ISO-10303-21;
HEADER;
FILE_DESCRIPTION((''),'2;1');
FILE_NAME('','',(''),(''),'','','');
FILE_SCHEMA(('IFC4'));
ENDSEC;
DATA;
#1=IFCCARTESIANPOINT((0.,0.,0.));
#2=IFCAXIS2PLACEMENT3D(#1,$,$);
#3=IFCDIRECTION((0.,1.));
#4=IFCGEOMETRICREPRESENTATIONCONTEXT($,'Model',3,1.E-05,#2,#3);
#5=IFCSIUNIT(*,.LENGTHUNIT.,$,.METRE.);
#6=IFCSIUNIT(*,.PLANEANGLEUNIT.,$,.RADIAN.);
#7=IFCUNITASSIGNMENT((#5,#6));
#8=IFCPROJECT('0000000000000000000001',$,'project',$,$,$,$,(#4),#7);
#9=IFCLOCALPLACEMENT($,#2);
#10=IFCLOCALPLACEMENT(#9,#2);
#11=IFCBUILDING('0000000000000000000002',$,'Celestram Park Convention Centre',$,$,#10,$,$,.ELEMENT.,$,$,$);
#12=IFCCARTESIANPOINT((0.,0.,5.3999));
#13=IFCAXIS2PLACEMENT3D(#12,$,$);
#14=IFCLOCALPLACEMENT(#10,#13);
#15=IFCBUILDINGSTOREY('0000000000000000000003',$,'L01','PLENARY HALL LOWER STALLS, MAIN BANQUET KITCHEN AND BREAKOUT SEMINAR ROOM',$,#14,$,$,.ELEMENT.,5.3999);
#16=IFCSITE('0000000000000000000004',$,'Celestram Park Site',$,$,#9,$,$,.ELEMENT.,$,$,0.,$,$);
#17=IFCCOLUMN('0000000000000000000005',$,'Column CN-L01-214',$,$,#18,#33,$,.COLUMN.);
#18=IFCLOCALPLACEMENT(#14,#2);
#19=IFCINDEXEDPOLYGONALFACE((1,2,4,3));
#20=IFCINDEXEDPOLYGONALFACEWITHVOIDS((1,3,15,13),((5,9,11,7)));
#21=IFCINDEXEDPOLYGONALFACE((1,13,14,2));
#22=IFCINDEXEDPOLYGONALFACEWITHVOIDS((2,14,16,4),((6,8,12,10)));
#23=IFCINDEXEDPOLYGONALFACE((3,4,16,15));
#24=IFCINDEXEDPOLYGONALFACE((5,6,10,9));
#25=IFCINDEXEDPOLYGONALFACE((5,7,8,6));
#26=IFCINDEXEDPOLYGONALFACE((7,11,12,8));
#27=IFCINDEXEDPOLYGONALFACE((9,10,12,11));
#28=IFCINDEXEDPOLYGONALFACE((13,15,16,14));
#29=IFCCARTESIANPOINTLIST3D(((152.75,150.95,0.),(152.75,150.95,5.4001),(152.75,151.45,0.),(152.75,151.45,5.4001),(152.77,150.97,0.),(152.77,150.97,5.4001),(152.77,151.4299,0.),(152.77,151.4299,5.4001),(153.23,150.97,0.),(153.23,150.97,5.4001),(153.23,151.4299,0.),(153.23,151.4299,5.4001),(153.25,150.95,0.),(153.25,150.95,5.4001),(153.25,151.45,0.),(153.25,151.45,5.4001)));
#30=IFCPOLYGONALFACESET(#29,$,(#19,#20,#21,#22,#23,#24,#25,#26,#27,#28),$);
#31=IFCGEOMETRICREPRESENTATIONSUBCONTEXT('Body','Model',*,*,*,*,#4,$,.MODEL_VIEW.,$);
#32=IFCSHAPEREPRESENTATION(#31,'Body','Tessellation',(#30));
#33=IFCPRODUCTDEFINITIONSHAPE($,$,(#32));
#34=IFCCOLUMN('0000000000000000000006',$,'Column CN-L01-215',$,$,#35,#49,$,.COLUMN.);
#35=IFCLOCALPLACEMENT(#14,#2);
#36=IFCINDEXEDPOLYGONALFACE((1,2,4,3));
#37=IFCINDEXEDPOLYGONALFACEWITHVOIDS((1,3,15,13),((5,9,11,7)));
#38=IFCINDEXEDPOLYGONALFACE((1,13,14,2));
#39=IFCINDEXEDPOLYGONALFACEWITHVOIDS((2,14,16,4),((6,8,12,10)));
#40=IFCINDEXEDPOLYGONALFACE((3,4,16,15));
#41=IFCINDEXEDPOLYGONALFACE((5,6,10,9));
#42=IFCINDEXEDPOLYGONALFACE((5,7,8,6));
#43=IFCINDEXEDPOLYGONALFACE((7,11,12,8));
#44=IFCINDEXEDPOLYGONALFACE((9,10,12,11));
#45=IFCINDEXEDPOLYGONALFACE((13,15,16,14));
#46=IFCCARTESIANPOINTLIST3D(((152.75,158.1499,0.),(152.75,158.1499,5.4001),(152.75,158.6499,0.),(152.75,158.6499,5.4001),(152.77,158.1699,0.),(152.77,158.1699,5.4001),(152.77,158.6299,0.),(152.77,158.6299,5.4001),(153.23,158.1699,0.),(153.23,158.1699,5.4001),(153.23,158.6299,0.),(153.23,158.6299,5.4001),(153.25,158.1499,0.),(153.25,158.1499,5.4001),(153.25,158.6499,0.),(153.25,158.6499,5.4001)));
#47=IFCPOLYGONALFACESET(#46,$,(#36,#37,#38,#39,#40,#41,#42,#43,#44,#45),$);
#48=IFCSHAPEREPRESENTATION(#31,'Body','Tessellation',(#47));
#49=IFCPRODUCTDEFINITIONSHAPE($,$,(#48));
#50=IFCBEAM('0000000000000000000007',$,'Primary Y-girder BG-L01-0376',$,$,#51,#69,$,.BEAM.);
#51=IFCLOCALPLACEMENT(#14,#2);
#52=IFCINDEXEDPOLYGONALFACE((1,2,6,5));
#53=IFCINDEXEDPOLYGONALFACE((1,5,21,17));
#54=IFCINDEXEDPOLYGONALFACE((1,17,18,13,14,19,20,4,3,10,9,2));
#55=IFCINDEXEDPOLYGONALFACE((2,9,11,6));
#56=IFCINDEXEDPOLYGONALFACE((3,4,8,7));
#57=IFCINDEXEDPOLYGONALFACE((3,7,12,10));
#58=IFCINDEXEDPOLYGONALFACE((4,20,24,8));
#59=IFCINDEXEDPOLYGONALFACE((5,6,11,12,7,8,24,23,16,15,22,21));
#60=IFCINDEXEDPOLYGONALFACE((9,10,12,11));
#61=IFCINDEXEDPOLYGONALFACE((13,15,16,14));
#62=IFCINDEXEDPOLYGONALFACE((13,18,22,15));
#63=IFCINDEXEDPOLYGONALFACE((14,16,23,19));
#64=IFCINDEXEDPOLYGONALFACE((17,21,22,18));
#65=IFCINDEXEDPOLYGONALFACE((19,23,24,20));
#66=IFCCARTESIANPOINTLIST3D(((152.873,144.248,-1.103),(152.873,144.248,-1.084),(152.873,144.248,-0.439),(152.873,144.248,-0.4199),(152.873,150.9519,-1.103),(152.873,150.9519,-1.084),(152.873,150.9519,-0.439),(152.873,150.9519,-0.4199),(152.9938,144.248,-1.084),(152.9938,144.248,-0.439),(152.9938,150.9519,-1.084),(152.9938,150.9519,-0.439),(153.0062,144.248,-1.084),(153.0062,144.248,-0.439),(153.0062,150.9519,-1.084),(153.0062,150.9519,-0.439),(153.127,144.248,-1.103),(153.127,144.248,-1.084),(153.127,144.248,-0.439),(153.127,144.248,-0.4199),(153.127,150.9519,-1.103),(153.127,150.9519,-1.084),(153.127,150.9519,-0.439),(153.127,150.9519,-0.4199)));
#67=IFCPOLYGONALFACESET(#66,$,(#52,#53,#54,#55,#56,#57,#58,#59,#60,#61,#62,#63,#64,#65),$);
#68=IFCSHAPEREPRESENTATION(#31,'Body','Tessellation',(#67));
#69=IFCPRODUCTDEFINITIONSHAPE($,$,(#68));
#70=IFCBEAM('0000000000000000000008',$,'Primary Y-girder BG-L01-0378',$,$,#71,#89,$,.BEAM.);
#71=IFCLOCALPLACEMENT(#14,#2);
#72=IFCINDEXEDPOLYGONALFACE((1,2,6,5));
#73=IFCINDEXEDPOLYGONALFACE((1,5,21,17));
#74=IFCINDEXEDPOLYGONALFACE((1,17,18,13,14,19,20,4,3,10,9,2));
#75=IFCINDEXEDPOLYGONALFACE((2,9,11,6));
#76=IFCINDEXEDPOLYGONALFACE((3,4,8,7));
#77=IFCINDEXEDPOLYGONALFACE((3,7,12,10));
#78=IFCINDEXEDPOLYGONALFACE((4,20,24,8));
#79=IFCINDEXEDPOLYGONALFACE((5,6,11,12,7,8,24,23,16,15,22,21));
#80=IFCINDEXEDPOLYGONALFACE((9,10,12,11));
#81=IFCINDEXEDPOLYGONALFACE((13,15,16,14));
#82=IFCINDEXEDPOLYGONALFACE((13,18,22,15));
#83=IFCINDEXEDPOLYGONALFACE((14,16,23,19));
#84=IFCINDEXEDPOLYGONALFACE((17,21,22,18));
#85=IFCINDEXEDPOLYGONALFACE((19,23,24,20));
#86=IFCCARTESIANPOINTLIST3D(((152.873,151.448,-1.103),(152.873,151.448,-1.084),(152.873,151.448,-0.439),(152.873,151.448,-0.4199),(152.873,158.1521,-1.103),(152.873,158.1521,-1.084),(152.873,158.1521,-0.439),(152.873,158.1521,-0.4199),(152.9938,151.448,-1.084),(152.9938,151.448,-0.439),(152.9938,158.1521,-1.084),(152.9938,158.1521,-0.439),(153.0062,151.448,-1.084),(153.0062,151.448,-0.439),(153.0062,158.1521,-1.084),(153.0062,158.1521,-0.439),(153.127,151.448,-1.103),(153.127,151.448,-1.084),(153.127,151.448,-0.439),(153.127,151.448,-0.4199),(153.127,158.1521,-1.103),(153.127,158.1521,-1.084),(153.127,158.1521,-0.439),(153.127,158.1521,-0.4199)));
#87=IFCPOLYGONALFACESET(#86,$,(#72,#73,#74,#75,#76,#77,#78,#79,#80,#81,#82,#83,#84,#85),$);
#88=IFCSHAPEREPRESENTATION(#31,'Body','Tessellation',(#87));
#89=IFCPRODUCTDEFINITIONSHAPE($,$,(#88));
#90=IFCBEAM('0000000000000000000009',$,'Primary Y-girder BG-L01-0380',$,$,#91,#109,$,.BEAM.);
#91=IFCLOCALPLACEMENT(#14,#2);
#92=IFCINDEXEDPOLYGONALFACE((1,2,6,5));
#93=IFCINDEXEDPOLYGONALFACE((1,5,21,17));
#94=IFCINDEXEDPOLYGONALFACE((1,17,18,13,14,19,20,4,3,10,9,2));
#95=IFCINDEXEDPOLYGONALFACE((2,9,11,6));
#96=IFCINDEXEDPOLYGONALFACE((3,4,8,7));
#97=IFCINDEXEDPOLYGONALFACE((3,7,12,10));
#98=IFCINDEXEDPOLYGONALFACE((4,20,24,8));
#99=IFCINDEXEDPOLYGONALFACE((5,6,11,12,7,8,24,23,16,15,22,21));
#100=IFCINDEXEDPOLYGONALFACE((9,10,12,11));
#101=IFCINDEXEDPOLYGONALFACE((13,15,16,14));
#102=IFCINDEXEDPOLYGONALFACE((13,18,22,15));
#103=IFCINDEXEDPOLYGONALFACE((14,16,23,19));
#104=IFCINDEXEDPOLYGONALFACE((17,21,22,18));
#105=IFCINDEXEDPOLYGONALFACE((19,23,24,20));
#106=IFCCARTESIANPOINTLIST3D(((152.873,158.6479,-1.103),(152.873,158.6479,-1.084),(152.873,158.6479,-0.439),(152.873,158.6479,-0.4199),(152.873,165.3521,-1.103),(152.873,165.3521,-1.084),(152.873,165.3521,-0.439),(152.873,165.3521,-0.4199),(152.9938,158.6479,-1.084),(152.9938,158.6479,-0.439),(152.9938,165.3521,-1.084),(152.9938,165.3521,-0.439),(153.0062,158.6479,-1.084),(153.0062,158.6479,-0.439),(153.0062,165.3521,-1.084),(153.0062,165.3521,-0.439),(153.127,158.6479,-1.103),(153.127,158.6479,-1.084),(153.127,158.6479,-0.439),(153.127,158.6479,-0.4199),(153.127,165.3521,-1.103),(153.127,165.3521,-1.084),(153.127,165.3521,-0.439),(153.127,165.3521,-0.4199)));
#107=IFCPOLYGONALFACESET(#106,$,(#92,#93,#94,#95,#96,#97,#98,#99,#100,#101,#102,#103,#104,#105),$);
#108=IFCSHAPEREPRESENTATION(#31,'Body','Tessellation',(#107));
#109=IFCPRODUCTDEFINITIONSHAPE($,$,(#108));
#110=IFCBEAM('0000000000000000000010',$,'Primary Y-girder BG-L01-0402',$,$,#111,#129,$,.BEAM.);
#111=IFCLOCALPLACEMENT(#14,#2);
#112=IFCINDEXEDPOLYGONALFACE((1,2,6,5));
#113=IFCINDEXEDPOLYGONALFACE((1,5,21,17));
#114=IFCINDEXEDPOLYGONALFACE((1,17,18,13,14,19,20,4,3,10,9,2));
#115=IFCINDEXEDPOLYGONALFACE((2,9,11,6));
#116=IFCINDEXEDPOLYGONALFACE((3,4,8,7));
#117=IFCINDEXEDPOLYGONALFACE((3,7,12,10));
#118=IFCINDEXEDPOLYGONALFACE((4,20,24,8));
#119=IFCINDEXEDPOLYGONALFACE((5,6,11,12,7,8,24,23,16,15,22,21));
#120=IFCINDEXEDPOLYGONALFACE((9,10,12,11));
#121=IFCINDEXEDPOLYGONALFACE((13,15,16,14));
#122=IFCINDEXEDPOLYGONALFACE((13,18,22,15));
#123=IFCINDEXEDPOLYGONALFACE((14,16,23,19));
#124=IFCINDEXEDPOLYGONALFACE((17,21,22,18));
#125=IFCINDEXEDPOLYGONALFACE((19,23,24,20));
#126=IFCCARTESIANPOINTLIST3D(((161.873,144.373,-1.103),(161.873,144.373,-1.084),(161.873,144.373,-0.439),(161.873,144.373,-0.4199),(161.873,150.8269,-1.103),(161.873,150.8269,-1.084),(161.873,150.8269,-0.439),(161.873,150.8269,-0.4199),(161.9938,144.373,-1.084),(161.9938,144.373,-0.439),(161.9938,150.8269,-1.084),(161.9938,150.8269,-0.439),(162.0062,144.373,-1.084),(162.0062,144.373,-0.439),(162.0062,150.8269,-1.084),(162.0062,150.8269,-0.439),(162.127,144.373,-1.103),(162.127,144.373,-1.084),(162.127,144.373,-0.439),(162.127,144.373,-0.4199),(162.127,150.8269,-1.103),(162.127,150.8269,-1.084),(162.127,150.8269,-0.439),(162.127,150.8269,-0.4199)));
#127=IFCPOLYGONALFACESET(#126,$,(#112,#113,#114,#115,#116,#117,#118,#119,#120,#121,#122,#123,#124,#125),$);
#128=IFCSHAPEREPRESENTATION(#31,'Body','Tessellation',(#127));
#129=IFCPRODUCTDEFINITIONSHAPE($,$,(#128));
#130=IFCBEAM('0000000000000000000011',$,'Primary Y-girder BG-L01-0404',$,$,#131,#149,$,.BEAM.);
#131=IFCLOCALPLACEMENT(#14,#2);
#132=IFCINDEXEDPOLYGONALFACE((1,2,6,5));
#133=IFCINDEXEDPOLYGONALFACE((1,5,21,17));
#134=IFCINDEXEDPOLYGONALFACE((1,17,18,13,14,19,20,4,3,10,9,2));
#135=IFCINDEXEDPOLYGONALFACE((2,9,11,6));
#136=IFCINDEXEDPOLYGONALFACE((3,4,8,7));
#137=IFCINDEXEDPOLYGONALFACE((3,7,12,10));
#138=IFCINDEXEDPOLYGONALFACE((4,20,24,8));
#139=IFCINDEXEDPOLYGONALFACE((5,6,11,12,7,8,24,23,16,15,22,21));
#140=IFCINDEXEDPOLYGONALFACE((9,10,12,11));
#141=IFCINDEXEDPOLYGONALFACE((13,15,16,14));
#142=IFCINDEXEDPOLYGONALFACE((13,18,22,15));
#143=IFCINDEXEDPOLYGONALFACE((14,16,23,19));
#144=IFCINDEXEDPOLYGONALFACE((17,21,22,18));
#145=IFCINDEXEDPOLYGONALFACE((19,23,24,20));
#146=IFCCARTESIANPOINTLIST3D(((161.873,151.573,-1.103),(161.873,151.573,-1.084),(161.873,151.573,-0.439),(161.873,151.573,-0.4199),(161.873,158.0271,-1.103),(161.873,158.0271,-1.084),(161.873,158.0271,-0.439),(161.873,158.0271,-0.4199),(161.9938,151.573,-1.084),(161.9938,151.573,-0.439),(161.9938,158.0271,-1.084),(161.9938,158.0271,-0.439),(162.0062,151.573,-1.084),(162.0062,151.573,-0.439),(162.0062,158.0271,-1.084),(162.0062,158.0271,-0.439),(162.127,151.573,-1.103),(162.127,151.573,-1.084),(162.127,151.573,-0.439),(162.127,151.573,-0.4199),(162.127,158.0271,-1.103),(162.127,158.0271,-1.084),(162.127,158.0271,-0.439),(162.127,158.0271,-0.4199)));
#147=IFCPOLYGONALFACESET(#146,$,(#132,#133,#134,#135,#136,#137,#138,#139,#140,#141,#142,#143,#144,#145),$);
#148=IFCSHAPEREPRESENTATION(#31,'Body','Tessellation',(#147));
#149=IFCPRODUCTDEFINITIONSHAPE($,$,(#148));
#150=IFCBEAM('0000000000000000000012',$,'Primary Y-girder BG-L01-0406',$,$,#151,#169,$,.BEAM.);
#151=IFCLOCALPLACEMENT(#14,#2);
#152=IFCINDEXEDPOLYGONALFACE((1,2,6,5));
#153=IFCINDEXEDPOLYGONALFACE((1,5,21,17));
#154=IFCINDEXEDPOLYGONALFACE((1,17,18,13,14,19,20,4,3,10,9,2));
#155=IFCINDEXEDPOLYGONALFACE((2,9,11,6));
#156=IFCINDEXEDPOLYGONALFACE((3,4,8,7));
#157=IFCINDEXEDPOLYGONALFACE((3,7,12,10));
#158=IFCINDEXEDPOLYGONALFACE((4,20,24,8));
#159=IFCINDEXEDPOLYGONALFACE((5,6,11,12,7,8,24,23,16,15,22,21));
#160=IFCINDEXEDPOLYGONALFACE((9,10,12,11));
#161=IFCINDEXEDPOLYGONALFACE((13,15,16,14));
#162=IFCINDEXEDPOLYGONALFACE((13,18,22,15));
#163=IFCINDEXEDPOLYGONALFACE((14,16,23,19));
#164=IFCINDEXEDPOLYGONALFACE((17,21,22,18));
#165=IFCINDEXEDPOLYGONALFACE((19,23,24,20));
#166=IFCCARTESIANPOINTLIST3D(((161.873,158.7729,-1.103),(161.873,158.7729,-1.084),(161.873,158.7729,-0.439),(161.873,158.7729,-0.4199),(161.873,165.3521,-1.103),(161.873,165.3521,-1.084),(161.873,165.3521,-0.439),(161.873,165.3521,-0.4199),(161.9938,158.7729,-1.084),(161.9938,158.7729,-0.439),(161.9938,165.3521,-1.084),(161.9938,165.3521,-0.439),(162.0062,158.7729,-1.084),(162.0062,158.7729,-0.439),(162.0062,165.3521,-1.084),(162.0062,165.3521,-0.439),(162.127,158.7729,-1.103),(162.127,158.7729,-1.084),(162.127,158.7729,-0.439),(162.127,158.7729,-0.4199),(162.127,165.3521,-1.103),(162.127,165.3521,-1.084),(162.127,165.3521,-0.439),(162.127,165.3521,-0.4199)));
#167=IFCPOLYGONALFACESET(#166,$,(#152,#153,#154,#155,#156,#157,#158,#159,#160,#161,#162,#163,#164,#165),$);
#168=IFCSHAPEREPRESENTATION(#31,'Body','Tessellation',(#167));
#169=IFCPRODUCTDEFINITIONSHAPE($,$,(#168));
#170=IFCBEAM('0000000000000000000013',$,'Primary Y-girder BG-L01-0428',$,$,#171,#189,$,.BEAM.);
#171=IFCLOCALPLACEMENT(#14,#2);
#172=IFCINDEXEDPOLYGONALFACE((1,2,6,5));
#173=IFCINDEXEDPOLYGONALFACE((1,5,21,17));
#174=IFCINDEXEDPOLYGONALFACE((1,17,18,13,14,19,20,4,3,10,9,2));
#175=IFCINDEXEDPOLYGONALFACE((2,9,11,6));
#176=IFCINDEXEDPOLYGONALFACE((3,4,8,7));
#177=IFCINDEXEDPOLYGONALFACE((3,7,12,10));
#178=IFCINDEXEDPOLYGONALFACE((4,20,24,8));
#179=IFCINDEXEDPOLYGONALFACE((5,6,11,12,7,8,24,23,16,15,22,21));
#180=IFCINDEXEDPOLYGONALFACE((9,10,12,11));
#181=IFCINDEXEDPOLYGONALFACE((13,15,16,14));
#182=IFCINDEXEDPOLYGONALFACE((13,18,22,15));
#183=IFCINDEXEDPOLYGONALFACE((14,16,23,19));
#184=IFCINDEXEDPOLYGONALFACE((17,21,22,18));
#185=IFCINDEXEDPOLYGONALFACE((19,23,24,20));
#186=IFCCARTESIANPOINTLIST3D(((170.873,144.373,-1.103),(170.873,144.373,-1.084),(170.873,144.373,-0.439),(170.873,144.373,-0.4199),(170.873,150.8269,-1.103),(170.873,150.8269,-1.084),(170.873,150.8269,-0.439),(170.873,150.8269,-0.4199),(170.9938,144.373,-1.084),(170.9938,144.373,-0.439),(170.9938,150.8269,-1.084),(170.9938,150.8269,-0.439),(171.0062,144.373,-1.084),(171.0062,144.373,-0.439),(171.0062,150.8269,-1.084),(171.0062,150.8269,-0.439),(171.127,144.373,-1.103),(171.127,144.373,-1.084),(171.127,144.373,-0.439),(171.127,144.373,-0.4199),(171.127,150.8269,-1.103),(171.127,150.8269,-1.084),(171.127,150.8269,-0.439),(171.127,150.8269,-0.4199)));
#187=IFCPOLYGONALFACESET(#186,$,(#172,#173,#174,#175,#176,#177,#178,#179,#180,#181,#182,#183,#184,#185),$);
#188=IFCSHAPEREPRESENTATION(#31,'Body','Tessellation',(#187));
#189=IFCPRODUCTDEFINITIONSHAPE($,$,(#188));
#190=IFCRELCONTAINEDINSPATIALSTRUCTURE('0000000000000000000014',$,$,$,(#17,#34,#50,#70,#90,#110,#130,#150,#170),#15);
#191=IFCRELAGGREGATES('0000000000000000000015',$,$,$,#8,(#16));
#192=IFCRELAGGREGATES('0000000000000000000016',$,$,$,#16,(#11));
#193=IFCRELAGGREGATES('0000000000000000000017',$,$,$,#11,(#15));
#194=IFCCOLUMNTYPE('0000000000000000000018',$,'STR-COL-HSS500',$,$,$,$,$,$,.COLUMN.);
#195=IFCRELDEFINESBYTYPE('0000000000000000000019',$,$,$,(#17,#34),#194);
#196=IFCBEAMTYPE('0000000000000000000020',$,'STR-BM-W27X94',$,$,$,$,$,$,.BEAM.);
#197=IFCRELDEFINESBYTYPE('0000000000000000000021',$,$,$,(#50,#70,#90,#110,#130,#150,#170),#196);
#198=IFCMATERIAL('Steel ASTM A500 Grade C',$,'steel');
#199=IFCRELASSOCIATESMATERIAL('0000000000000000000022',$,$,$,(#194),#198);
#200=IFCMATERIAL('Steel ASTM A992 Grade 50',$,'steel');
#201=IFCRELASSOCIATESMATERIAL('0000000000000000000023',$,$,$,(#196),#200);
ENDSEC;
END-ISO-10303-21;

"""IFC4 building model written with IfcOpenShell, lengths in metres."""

from ifc_helpers import new_model, si_unit, direction, frame, origin, origin_2d, place, context, subcontext, project, spatial, hollow_rectangle, i_section, extrude, material, material_profile, profile_set, type_object, element, save


model = new_model("IFC4")

# Units and contexts
model_context = context("Model", 3, precision=1e-05, world=origin(), true_north=direction((0.0, 1.0)))
body_context = subcontext(model_context, "Body", "Model", "MODEL_VIEW")
ifc_project = project(units=[si_unit("LENGTHUNIT", "METRE"), si_unit("PLANEANGLEUNIT", "RADIAN")], contexts=[model_context])

# Site, building, storey
site_placement = place(None, origin())
site = spatial("IfcSite", under=ifc_project, at=site_placement, Name="Celestram Park Site", CompositionType="ELEMENT", RefElevation=0.0)
building_placement = place(site_placement, origin())
building = spatial("IfcBuilding", under=site, at=building_placement, Name="Celestram Park Convention Centre", CompositionType="ELEMENT")
storey_placement = place(building_placement, frame((0.0, 0.0, 5.3999)))
storey = spatial("IfcBuildingStorey", under=building, at=storey_placement, Name="L01", Description="PLENARY HALL LOWER STALLS, MAIN BANQUET KITCHEN AND BREAKOUT SEMINAR ROOM", CompositionType="ELEMENT", Elevation=5.3999)

# Columns
ifc_material_1 = material(Name="Steel ASTM A500 Grade C", Category="steel")
ifc_material_profile_1 = material_profile(ifc_material_1, hollow_rectangle(XDim=0.5, YDim=0.5, WallThickness=0.02, at=origin_2d()), Name="HSS500X500X20")
ifc_profile_set_1 = profile_set([ifc_material_profile_1], Name="Steel ASTM A500 Grade C")
column_type = type_object("IfcColumnType", Name="STR-COL-HSS500", PredefinedType="COLUMN", material=ifc_profile_set_1)
for number, where, z_axis, x_axis, name in (
    (1, (153.0, 151.2, 0.0), (0.0, 0.0, 1.0), (1.0, 0.0, 0.0), "Column CN-L01-214"),
    (2, (153.0, 158.3999, 0.0), (0.0, 0.0, 1.0), (1.0, 0.0, 0.0), "Column CN-L01-215"),
):
    element("IfcColumn", number, at=place(storey_placement, frame(where, z_axis=z_axis, x_axis=x_axis)), inside=storey, type_object=column_type, Name=name, PredefinedType="COLUMN", context=body_context, shape_type="SweptSolid", body=[
        extrude(hollow_rectangle(XDim=0.5, YDim=0.5, WallThickness=0.02, at=origin_2d()), origin(), (0.0, 0.0, 1.0), 5.4001),
    ])

# Beams
ifc_material_2 = material(Name="Steel ASTM A992 Grade 50", Category="steel")
ifc_material_profile_2 = material_profile(ifc_material_2, i_section(OverallWidth=0.2539, OverallDepth=0.6831, WebThickness=0.0125, FlangeThickness=0.019, at=origin_2d()), Name="W27X94")
ifc_profile_set_2 = profile_set([ifc_material_profile_2], Name="Steel ASTM A992 Grade 50")
beam_type_1 = type_object("IfcBeamType", Name="STR-BM-W27X94", PredefinedType="BEAM", material=ifc_profile_set_2)
beam_1_placement = place(storey_placement, frame((153.0, 144.248, -0.7615), z_axis=(0.0, 1.0, 0.0), x_axis=(-1.0, 0.0, 0.0)))
element("IfcBeam", 3, at=beam_1_placement, inside=storey, type_object=beam_type_1, Name="Primary Y-girder BG-L01-0376", PredefinedType="BEAM", context=body_context, shape_type="SweptSolid", body=[
    extrude(i_section(OverallWidth=0.2539, OverallDepth=0.6831, WebThickness=0.0125, FlangeThickness=0.019, at=origin_2d()), origin(), (0.0, 0.0, 1.0), 6.7039),
])
for number, where, z_axis, x_axis, name in (
    (4, (153.0, 151.448, -0.7615), (0.0, 1.0, 0.0), (-1.0, 0.0, 0.0), "Primary Y-girder BG-L01-0378"),
    (5, (153.0, 158.6479, -0.7615), (0.0, 1.0, 0.0), (-1.0, 0.0, 0.0), "Primary Y-girder BG-L01-0380"),
):
    element("IfcBeam", number, at=place(storey_placement, frame(where, z_axis=z_axis, x_axis=x_axis)), inside=storey, type_object=beam_type_1, Name=name, PredefinedType="BEAM", context=body_context, shape_type="SweptSolid", body=[
        extrude(i_section(OverallWidth=0.2539, OverallDepth=0.6831, WebThickness=0.0125, FlangeThickness=0.019, at=origin_2d()), origin(), (0.0, 0.0, 1.0), 6.7041),
    ])
beam_2_placement = place(storey_placement, frame((162.0, 144.373, -0.7615), z_axis=(0.0, 1.0, 0.0), x_axis=(-1.0, 0.0, 0.0)))
element("IfcBeam", 6, at=beam_2_placement, inside=storey, type_object=beam_type_1, Name="Primary Y-girder BG-L01-0402", PredefinedType="BEAM", context=body_context, shape_type="SweptSolid", body=[
    extrude(i_section(OverallWidth=0.2539, OverallDepth=0.6831, WebThickness=0.0125, FlangeThickness=0.019, at=origin_2d()), origin(), (0.0, 0.0, 1.0), 6.4539),
])
beam_3_placement = place(storey_placement, frame((162.0, 151.573, -0.7615), z_axis=(0.0, 1.0, 0.0), x_axis=(-1.0, 0.0, 0.0)))
element("IfcBeam", 7, at=beam_3_placement, inside=storey, type_object=beam_type_1, Name="Primary Y-girder BG-L01-0404", PredefinedType="BEAM", context=body_context, shape_type="SweptSolid", body=[
    extrude(i_section(OverallWidth=0.2539, OverallDepth=0.6831, WebThickness=0.0125, FlangeThickness=0.019, at=origin_2d()), origin(), (0.0, 0.0, 1.0), 6.4541),
])
beam_4_placement = place(storey_placement, frame((162.0, 158.7729, -0.7615), z_axis=(0.0, 1.0, 0.0), x_axis=(-1.0, 0.0, 0.0)))
element("IfcBeam", 8, at=beam_4_placement, inside=storey, type_object=beam_type_1, Name="Primary Y-girder BG-L01-0406", PredefinedType="BEAM", context=body_context, shape_type="SweptSolid", body=[
    extrude(i_section(OverallWidth=0.2539, OverallDepth=0.6831, WebThickness=0.0125, FlangeThickness=0.019, at=origin_2d()), origin(), (0.0, 0.0, 1.0), 6.5791),
])
beam_5_placement = place(storey_placement, frame((171.0, 144.373, -0.7615), z_axis=(0.0, 1.0, 0.0), x_axis=(-1.0, 0.0, 0.0)))
element("IfcBeam", 9, at=beam_5_placement, inside=storey, type_object=beam_type_1, Name="Primary Y-girder BG-L01-0428", PredefinedType="BEAM", context=body_context, shape_type="SweptSolid", body=[
    extrude(i_section(OverallWidth=0.2539, OverallDepth=0.6831, WebThickness=0.0125, FlangeThickness=0.019, at=origin_2d()), origin(), (0.0, 0.0, 1.0), 6.4539),
])

save(model, "model.ifc")
